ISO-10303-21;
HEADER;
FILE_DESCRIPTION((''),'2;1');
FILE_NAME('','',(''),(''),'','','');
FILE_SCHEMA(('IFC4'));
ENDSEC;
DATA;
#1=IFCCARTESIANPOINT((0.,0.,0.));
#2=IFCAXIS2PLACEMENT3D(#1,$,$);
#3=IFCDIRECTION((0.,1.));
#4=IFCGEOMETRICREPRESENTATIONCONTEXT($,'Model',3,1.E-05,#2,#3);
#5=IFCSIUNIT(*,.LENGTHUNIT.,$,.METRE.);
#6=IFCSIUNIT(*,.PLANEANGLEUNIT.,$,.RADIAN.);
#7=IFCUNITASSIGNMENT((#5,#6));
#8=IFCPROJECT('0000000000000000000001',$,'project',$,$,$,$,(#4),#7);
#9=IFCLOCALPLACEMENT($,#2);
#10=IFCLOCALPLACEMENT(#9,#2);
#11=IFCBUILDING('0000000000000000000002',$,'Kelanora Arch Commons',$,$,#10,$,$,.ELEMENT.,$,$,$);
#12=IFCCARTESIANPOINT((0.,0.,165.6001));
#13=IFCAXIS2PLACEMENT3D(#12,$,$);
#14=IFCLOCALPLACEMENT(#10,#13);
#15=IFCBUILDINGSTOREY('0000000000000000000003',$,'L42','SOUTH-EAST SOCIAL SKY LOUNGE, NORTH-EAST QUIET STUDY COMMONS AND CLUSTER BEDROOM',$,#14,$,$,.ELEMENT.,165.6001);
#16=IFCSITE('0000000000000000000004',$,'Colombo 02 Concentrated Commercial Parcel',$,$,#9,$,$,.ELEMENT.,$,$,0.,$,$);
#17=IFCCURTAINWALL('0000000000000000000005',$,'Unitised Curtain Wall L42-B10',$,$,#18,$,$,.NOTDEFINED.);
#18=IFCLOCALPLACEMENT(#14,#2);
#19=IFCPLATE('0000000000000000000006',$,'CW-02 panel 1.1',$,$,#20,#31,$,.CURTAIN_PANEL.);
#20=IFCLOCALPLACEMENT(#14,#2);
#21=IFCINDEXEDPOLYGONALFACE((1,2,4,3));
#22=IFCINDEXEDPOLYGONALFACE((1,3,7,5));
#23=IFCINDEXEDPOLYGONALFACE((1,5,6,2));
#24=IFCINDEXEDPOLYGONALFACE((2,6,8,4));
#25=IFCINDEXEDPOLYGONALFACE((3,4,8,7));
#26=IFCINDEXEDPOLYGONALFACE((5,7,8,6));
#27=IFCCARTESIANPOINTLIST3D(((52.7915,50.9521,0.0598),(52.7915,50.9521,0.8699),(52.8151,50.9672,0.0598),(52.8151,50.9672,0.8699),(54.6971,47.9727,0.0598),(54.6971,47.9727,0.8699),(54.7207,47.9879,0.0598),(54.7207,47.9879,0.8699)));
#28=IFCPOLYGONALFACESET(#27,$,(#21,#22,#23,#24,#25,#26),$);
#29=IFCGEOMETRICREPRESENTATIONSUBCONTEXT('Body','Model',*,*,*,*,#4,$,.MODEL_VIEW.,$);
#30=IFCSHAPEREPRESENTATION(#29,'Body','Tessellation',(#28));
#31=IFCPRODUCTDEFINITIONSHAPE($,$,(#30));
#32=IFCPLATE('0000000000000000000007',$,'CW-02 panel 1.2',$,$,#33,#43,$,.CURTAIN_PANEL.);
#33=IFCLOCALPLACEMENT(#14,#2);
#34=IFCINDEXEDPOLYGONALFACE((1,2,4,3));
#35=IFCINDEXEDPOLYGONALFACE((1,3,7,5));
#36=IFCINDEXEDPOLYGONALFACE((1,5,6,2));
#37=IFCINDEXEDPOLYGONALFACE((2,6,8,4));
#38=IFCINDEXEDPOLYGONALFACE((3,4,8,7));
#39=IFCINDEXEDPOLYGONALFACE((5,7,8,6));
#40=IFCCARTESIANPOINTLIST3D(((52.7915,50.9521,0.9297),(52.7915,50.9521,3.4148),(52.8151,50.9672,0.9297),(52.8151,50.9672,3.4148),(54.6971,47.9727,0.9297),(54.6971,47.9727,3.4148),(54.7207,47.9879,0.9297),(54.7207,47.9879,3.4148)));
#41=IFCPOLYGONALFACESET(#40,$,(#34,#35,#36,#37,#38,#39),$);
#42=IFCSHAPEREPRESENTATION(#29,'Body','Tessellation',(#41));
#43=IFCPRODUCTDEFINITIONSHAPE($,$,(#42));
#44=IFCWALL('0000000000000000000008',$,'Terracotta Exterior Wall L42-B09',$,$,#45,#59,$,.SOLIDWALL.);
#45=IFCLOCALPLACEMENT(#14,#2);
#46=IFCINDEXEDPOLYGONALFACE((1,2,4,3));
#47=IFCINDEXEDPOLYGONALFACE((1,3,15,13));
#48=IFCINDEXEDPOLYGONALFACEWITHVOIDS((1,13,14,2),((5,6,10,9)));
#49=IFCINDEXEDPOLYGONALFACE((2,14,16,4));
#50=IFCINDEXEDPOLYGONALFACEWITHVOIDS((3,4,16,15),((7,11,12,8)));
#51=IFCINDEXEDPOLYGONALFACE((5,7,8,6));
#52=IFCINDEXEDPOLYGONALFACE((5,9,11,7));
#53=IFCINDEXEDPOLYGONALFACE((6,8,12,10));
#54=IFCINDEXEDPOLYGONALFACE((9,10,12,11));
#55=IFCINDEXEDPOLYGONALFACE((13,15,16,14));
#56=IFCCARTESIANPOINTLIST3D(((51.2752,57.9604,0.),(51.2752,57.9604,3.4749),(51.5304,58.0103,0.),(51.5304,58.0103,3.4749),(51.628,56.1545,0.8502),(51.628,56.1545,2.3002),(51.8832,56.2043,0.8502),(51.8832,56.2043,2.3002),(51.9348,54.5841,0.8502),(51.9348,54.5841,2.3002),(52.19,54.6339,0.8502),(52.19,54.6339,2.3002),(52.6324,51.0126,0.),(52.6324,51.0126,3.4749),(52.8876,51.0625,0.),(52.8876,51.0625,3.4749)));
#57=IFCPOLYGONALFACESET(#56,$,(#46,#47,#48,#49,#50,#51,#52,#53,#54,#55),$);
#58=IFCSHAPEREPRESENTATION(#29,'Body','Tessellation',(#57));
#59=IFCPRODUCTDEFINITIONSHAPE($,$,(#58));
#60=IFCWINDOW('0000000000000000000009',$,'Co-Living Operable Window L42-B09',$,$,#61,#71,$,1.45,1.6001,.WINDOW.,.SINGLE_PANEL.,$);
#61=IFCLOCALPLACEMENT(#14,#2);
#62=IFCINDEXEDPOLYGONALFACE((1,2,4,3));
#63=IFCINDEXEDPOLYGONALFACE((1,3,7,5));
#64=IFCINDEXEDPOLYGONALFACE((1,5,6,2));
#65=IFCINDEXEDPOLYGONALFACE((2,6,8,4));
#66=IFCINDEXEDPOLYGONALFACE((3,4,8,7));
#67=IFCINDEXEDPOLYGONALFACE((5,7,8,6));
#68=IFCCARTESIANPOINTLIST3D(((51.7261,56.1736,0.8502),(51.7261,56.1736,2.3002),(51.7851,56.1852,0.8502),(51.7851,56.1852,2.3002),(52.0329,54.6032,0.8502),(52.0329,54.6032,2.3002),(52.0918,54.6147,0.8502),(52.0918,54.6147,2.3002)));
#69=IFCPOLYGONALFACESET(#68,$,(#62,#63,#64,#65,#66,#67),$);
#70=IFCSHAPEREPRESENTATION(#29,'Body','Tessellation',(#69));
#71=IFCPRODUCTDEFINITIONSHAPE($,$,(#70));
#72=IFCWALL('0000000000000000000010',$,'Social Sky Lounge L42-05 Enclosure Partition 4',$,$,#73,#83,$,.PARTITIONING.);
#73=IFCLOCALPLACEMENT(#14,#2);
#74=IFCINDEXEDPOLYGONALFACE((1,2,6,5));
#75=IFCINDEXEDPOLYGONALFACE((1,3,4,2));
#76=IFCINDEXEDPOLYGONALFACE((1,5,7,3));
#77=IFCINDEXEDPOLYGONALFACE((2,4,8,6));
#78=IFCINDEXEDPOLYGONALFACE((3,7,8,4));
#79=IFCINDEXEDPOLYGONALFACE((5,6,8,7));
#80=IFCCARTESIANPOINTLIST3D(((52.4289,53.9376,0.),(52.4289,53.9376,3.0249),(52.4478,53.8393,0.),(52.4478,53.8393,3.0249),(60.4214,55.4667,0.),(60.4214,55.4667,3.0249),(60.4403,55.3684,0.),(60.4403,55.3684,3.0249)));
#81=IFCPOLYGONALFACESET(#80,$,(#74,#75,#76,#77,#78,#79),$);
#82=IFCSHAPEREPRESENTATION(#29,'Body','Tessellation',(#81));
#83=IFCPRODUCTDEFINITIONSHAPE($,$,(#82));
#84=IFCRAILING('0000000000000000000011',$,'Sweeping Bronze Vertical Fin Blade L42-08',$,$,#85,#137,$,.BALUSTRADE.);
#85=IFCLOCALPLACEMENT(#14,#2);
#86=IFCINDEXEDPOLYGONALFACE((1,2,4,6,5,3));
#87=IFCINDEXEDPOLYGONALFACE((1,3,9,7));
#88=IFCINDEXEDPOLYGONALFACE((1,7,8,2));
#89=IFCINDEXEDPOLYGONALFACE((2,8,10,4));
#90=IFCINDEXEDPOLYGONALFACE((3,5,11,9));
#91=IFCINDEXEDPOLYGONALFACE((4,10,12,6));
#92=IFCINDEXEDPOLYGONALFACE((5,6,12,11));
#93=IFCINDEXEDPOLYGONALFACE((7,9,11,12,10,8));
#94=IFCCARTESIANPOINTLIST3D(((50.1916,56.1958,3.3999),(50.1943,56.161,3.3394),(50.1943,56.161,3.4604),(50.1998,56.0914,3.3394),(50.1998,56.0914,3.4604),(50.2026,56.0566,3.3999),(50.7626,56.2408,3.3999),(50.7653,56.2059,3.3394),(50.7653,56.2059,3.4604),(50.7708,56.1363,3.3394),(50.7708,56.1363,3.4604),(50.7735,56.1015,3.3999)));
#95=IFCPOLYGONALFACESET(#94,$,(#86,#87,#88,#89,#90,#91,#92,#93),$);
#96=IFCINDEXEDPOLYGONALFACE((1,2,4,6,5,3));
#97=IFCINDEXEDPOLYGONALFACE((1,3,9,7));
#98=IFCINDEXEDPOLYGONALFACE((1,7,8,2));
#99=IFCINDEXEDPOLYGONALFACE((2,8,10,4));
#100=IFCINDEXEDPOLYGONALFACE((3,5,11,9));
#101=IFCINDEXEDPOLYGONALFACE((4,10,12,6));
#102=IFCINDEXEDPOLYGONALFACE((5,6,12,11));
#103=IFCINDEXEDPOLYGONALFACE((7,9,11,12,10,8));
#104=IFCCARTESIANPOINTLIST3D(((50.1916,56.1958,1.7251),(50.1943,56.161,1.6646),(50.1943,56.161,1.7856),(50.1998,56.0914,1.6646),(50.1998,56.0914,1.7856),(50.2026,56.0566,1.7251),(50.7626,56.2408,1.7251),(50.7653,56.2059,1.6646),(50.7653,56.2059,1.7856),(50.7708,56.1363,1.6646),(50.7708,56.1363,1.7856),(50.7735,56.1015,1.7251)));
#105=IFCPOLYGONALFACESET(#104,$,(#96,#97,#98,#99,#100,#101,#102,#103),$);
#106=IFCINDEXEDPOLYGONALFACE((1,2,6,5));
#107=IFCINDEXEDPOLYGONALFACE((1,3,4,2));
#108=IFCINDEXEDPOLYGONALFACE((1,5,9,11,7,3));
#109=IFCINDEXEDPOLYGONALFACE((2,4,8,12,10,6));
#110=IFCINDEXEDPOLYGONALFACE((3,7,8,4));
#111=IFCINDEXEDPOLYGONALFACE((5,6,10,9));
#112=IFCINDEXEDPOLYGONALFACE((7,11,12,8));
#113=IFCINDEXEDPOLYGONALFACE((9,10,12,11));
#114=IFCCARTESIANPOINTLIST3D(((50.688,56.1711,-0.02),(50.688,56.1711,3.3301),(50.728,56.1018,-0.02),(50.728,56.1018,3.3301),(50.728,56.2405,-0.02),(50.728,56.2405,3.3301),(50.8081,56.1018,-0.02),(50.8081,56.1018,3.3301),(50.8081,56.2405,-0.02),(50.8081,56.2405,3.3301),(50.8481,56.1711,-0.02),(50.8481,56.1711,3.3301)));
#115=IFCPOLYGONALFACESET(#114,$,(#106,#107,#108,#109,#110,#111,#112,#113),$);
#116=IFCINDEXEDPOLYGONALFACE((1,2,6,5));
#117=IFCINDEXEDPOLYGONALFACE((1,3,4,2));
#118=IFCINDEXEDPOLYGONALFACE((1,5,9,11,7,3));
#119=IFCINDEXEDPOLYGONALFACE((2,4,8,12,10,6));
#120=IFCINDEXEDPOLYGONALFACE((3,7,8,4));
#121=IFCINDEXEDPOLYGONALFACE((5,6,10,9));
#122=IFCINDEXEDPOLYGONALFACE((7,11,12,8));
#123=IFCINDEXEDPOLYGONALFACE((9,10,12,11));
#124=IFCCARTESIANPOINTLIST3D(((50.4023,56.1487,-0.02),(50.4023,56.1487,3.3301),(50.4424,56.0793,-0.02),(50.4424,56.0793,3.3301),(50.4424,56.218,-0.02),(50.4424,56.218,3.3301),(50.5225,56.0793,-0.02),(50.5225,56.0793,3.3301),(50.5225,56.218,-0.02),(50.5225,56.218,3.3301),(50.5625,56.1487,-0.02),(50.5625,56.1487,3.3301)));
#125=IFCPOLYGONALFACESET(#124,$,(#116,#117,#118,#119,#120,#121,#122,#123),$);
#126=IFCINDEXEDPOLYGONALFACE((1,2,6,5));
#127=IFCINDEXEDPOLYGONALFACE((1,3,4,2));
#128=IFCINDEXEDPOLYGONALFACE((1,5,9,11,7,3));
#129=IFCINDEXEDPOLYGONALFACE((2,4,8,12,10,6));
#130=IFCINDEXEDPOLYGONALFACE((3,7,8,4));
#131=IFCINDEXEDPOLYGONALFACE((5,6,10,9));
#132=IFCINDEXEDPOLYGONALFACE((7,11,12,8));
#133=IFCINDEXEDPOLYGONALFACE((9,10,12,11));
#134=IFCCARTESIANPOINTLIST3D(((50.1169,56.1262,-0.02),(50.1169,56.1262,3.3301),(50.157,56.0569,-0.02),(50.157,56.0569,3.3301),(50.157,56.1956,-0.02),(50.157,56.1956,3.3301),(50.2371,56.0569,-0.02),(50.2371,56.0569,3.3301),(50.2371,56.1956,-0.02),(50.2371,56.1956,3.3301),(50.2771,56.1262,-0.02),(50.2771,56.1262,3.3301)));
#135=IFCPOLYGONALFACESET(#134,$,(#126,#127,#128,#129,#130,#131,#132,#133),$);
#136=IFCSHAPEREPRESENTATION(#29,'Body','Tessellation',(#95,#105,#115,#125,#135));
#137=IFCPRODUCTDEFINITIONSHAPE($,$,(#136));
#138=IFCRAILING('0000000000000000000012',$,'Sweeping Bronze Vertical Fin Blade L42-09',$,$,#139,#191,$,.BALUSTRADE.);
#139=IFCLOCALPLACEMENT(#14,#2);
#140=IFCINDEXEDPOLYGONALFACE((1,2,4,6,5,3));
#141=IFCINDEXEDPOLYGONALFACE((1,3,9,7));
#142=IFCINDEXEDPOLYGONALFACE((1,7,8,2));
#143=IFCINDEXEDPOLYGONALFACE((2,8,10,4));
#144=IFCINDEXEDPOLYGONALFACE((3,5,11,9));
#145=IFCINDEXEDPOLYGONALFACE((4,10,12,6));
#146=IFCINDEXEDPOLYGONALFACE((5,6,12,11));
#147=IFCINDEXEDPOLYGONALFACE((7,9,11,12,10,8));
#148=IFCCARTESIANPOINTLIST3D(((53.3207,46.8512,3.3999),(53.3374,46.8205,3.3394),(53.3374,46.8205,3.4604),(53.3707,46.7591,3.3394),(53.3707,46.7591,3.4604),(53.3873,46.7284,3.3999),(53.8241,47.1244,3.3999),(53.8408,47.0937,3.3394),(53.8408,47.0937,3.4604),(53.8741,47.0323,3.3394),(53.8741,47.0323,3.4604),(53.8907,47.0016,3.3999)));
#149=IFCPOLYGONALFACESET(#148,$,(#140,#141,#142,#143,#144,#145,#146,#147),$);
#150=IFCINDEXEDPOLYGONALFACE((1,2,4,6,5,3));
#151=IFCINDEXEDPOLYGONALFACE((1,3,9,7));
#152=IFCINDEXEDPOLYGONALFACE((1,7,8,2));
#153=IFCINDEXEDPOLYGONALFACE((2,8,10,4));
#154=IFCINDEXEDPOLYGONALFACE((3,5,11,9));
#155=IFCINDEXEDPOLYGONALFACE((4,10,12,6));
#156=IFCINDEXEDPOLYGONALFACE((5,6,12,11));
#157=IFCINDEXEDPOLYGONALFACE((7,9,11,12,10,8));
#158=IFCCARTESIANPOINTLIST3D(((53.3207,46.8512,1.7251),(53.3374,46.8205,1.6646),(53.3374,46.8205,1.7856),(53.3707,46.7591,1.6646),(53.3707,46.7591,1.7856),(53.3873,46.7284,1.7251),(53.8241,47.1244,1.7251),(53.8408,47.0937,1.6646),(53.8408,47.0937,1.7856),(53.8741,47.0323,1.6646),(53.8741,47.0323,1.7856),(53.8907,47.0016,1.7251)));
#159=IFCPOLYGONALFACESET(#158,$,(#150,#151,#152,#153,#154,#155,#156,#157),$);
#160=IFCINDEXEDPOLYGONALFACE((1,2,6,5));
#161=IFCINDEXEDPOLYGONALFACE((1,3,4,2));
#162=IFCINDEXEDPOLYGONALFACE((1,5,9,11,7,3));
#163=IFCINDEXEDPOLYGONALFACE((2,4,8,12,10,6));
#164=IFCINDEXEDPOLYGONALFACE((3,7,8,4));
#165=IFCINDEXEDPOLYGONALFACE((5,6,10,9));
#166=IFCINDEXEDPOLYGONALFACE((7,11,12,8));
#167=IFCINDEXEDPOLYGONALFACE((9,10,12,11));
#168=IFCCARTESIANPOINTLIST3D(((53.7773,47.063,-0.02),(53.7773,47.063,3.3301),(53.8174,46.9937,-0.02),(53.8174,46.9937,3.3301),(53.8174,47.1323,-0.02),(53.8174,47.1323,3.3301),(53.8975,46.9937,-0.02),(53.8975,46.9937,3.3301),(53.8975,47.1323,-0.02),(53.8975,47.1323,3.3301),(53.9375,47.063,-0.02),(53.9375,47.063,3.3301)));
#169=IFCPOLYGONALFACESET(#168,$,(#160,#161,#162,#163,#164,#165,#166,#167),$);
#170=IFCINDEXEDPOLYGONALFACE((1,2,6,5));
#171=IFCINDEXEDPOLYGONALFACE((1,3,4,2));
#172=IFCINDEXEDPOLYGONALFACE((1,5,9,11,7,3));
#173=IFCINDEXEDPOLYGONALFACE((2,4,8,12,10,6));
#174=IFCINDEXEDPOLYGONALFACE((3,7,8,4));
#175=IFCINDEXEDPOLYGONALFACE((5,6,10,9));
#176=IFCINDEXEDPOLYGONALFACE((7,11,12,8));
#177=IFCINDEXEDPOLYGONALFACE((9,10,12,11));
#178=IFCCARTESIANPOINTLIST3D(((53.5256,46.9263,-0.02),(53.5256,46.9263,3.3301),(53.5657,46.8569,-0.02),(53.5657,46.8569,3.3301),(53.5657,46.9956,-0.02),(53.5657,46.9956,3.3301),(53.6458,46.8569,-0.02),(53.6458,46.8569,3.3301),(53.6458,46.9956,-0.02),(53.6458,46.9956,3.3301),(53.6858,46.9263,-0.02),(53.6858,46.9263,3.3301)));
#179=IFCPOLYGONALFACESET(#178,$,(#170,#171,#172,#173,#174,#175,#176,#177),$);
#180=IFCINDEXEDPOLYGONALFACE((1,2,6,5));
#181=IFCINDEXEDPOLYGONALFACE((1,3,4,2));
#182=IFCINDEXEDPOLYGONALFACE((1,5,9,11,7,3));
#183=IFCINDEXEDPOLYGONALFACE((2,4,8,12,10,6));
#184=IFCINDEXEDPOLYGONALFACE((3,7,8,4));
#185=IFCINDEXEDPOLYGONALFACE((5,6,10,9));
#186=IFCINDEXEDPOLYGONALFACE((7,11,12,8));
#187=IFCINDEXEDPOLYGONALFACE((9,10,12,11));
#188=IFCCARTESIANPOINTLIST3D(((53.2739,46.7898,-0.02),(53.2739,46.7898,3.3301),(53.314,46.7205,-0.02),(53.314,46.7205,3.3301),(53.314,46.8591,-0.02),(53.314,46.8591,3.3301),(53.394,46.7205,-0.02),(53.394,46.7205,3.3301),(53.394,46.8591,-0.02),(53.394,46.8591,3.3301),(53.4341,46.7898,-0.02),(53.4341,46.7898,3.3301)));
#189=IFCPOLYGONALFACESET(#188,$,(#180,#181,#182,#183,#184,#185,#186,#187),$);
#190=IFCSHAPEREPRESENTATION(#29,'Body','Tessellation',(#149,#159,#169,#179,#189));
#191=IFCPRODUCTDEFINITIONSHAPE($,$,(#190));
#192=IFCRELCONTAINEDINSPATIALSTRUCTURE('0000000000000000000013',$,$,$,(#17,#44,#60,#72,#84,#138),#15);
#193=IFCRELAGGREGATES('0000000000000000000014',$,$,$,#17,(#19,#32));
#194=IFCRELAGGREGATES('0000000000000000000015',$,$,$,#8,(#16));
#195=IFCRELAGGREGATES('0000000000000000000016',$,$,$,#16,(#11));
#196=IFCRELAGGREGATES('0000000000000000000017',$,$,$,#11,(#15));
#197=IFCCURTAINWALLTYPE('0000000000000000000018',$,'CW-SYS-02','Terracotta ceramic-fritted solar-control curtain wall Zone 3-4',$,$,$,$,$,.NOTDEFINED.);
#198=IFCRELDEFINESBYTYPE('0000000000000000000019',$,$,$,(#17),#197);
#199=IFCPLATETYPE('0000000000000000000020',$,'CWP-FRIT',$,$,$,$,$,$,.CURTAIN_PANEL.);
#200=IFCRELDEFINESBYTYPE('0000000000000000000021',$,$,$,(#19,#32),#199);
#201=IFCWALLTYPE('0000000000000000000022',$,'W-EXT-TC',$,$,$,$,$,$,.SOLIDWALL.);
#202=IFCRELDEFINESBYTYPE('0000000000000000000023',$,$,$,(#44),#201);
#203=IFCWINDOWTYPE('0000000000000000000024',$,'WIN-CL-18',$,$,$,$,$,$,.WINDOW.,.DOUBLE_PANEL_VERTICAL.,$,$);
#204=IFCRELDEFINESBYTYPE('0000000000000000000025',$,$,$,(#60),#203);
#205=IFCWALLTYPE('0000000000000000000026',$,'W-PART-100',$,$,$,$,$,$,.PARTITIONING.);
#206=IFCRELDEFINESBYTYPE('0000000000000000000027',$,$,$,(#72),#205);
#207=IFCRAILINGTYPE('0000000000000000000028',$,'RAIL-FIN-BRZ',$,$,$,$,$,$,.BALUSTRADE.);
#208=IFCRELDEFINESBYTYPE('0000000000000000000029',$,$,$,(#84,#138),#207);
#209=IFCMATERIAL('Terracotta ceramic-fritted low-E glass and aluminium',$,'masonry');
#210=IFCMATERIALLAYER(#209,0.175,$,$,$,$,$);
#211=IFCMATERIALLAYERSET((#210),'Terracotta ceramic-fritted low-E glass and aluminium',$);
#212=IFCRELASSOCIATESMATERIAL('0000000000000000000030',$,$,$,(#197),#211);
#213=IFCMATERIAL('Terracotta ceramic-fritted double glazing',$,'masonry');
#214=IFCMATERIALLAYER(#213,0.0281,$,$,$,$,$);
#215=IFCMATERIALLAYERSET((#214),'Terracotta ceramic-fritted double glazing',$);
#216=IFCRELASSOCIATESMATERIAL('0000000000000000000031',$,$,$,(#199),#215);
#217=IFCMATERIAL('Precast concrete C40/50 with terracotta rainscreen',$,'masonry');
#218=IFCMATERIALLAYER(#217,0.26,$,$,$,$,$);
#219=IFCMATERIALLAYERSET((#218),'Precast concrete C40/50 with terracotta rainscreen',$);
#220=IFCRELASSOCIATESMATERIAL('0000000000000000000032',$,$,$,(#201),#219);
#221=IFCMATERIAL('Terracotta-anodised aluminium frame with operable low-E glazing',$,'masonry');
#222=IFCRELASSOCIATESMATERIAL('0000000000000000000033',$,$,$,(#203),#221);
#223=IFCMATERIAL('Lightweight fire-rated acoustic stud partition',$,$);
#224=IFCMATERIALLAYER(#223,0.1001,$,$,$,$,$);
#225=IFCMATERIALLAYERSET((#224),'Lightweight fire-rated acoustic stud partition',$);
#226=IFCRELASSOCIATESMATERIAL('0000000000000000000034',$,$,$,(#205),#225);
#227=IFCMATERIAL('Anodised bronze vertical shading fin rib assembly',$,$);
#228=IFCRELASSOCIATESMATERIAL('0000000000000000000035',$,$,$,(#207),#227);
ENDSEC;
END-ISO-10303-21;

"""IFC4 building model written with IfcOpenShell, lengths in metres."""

from ifc_helpers import new_model, si_unit, direction, frame, frame_2d, origin, origin_2d, place, context, subcontext, project, spatial, polyline, rectangle, outline, extrude, source, transform, mapped, material, layer, layer_set, type_object, element, fill, aggregate, save


model = new_model("IFC4")

# Units and contexts
model_context = context("Model", 3, precision=1e-05, world=origin(), true_north=direction((0.0, 1.0)))
body_context = subcontext(model_context, "Body", "Model", "MODEL_VIEW")
ifc_project = project(units=[si_unit("LENGTHUNIT", "METRE"), si_unit("PLANEANGLEUNIT", "RADIAN")], contexts=[model_context])

# Site, building, storey
site_placement = place(None, origin())
site = spatial("IfcSite", under=ifc_project, at=site_placement, Name="Colombo 02 Concentrated Commercial Parcel", CompositionType="ELEMENT", RefElevation=0.0)
building_placement = place(site_placement, origin())
building = spatial("IfcBuilding", under=site, at=building_placement, Name="Kelanora Arch Commons", CompositionType="ELEMENT")
storey_placement = place(building_placement, frame((0.0, 0.0, 165.6001)))
storey = spatial("IfcBuildingStorey", under=building, at=storey_placement, Name="L42", Description="SOUTH-EAST SOCIAL SKY LOUNGE, NORTH-EAST QUIET STUDY COMMONS AND CLUSTER BEDROOM", CompositionType="ELEMENT", Elevation=165.6001)

# Shared definitions
ifc_material_1 = material(Name="Terracotta ceramic-fritted low-E glass and aluminium", Category="masonry")
ifc_layer_1 = layer(ifc_material_1, 0.175)
ifc_layer_set_1 = layer_set([ifc_layer_1], Name="Terracotta ceramic-fritted low-E glass and aluminium")
curtain_wall_type = type_object("IfcCurtainWallType", Name="CW-SYS-02", Description="Terracotta ceramic-fritted solar-control curtain wall Zone 3-4", PredefinedType="NOTDEFINED", material=ifc_layer_set_1)

# Curtain wall
curtain_wall_1_placement = place(storey_placement, origin())
curtain_wall_1 = element("IfcCurtainWall", 1, at=curtain_wall_1_placement, inside=storey, type_object=curtain_wall_type, Name="Unitised Curtain Wall L42-B10", PredefinedType="NOTDEFINED")

# Plates
ifc_material_2 = material(Name="Terracotta ceramic-fritted double glazing", Category="masonry")
ifc_layer_2 = layer(ifc_material_2, 0.0281)
ifc_layer_set_2 = layer_set([ifc_layer_2], Name="Terracotta ceramic-fritted double glazing")
plate_type = type_object("IfcPlateType", Name="CWP-FRIT", PredefinedType="CURTAIN_PANEL", material=ifc_layer_set_2)
shared_shape_1 = source(origin(), body_context, "Body", "SweptSolid", [
    extrude(rectangle(XDim=3.5366, YDim=0.0281, at=origin_2d()), origin(), (0.0, 0.0, 1.0), 0.8101),
])
plate_1_placement = place(storey_placement, frame((53.7561, 49.47, 0.0598), z_axis=(0.0, 0.0, 1.0), x_axis=(0.538817, -0.842423, 0.0)))
plate_1 = element("IfcPlate", 2, at=plate_1_placement, type_object=plate_type, Name="CW-02 panel 1.1", PredefinedType="CURTAIN_PANEL", context=body_context, shape_type="MappedRepresentation", body=[
    mapped(shared_shape_1, transform((0.0, 0.0, 0.0), scale=1.0)),
])
shared_shape_2 = source(origin(), body_context, "Body", "SweptSolid", [
    extrude(rectangle(XDim=3.5366, YDim=0.0281, at=origin_2d()), origin(), (0.0, 0.0, 1.0), 2.4851),
])
plate_2_placement = place(storey_placement, frame((53.7561, 49.47, 0.9297), z_axis=(0.0, 0.0, 1.0), x_axis=(0.538817, -0.842423, 0.0)))
plate_2 = element("IfcPlate", 3, at=plate_2_placement, type_object=plate_type, Name="CW-02 panel 1.2", PredefinedType="CURTAIN_PANEL", context=body_context, shape_type="MappedRepresentation", body=[
    mapped(shared_shape_2, transform((0.0, 0.0, 0.0), scale=1.0)),
])
aggregate(curtain_wall_1, [plate_1, plate_2])

# Wall, opening, window
ifc_material_3 = material(Name="Precast concrete C40/50 with terracotta rainscreen", Category="masonry")
ifc_layer_3 = layer(ifc_material_3, 0.26)
ifc_layer_set_3 = layer_set([ifc_layer_3], Name="Precast concrete C40/50 with terracotta rainscreen")
wall_type_1 = type_object("IfcWallType", Name="W-EXT-TC", PredefinedType="SOLIDWALL", material=ifc_layer_set_3)
wall_1_placement = place(storey_placement, frame((51.4028, 57.9854, 0.0), z_axis=(0.0, 0.0, 1.0), x_axis=(0.191717, -0.98145, 0.0)))
wall_1 = element("IfcWall", 4, at=wall_1_placement, inside=storey, type_object=wall_type_1, Name="Terracotta Exterior Wall L42-B09", PredefinedType="SOLIDWALL", context=body_context, shape_type="SweptSolid", body=[
    extrude(rectangle(XDim=7.0791, YDim=0.26, at=frame_2d((3.5396, 0.0))), origin(), (0.0, 0.0, 1.0), 3.4749),
])
opening_placement = place(wall_1_placement, frame((1.8401, 0.0, 0.8501)))
opening = element("IfcOpeningElement", 5, at=opening_placement, cuts=wall_1, PredefinedType="OPENING", context=body_context, shape_type="SweptSolid", body=[
    extrude(rectangle(XDim=1.6001, YDim=1.45, at=frame_2d((0.8, 0.7251))), frame((0.0, 0.1401, 0.0), z_axis=(0.0, -1.0, 0.0), x_axis=(1.0, 0.0, 0.0)), (0.0, 0.0, 1.0), 0.28),
])
ifc_material_4 = material(Name="Terracotta-anodised aluminium frame with operable low-E glazing", Category="masonry")
window_type = type_object("IfcWindowType", Name="WIN-CL-18", PartitioningType="DOUBLE_PANEL_VERTICAL", PredefinedType="WINDOW", material=ifc_material_4)
window_placement = place(opening_placement, origin())
window = element("IfcWindow", 6, at=window_placement, inside=storey, type_object=window_type, Name="Co-Living Operable Window L42-B09", OverallHeight=1.45, OverallWidth=1.6001, PartitioningType="SINGLE_PANEL", PredefinedType="WINDOW", context=body_context, shape_type="SweptSolid", body=[
    extrude(rectangle(XDim=1.6001, YDim=1.45, at=frame_2d((0.8, 0.7251))), frame((0.0, 0.03, 0.0), z_axis=(0.0, -1.0, 0.0), x_axis=(1.0, 0.0, 0.0)), (0.0, 0.0, 1.0), 0.0601),
])
fill(opening, window)

# Wall
ifc_material_5 = material(Name="Lightweight fire-rated acoustic stud partition")
ifc_layer_4 = layer(ifc_material_5, 0.1001)
ifc_layer_set_4 = layer_set([ifc_layer_4], Name="Lightweight fire-rated acoustic stud partition")
wall_type_2 = type_object("IfcWallType", Name="W-PART-100", PredefinedType="PARTITIONING", material=ifc_layer_set_4)
wall_2_placement = place(storey_placement, frame((52.4382, 53.8884, 0.0), z_axis=(0.0, 0.0, 1.0), x_axis=(0.982187, 0.187905, 0.0)))
element("IfcWall", 7, at=wall_2_placement, inside=storey, type_object=wall_type_2, Name="Social Sky Lounge L42-05 Enclosure Partition 4", PredefinedType="PARTITIONING", context=body_context, shape_type="SweptSolid", body=[
    extrude(rectangle(XDim=8.1375, YDim=0.1001, at=frame_2d((4.0688, 0.0))), origin(), (0.0, 0.0, 1.0), 3.0249),
])

# Railings
ifc_material_6 = material(Name="Anodised bronze vertical shading fin rib assembly")
railing_type = type_object("IfcRailingType", Name="RAIL-FIN-BRZ", PredefinedType="BALUSTRADE", material=ifc_material_6)
railing_1_placement = place(storey_placement, frame((50.7681, 56.1711, -0.02)))
element("IfcRailing", 8, at=railing_1_placement, inside=storey, type_object=railing_type, Name="Sweeping Bronze Vertical Fin Blade L42-08", PredefinedType="BALUSTRADE", context=body_context, shape_type="SweptSolid", body=[
    extrude(outline(polyline([(0.0698, 0.0), (0.0349, 0.0605), (-0.0349, 0.0605), (-0.0698, 0.0), (-0.0349, -0.0605), (0.0349, -0.0605), (0.0698, 0.0)])), frame((0.0, 0.0, 3.4199), z_axis=(-0.99692, -0.078424, 0.0), x_axis=(0.078424, -0.99692, 0.0)), (0.0, 0.0, 1.0), 0.5728),
    extrude(outline(polyline([(0.0698, 0.0), (0.0349, 0.0605), (-0.0349, 0.0605), (-0.0698, 0.0), (-0.0349, -0.0605), (0.0349, -0.0605), (0.0698, 0.0)])), frame((0.0, 0.0, 1.7451), z_axis=(-0.99692, -0.078424, 0.0), x_axis=(0.078424, -0.99692, 0.0)), (0.0, 0.0, 1.0), 0.5728),
    extrude(outline(polyline([(0.0801, 0.0), (0.04, 0.0693), (-0.04, 0.0693), (-0.0801, 0.0), (-0.04, -0.0693), (0.04, -0.0693), (0.0801, 0.0)])), origin(), (0.0, 0.0, 1.0), 3.3501),
    extrude(outline(polyline([(0.0801, 0.0), (0.04, 0.0693), (-0.04, 0.0693), (-0.0801, 0.0), (-0.04, -0.0693), (0.04, -0.0693), (0.0801, 0.0)])), frame((-0.2856, -0.0225, 0.0)), (0.0, 0.0, 1.0), 3.3501),
    extrude(outline(polyline([(0.0801, 0.0), (0.04, 0.0693), (-0.04, 0.0693), (-0.0801, 0.0), (-0.04, -0.0693), (0.04, -0.0693), (0.0801, 0.0)])), frame((-0.571, -0.0449, 0.0)), (0.0, 0.0, 1.0), 3.3501),
])
railing_2_placement = place(storey_placement, frame((53.8574, 47.063, -0.02)))
element("IfcRailing", 9, at=railing_2_placement, inside=storey, type_object=railing_type, Name="Sweeping Bronze Vertical Fin Blade L42-09", PredefinedType="BALUSTRADE", context=body_context, shape_type="SweptSolid", body=[
    extrude(outline(polyline([(0.0698, 0.0), (0.0349, 0.0605), (-0.0349, 0.0605), (-0.0698, 0.0), (-0.0349, -0.0605), (0.0349, -0.0605), (0.0698, 0.0)])), frame((0.0, 0.0, 3.4199), z_axis=(-0.87892, -0.47697, 0.0), x_axis=(0.47697, -0.87892, 0.0)), (0.0, 0.0, 1.0), 0.5728),
    extrude(outline(polyline([(0.0698, 0.0), (0.0349, 0.0605), (-0.0349, 0.0605), (-0.0698, 0.0), (-0.0349, -0.0605), (0.0349, -0.0605), (0.0698, 0.0)])), frame((0.0, 0.0, 1.7451), z_axis=(-0.87892, -0.47697, 0.0), x_axis=(0.47697, -0.87892, 0.0)), (0.0, 0.0, 1.0), 0.5728),
    extrude(outline(polyline([(0.0801, 0.0), (0.04, 0.0693), (-0.04, 0.0693), (-0.0801, 0.0), (-0.04, -0.0693), (0.04, -0.0693), (0.0801, 0.0)])), origin(), (0.0, 0.0, 1.0), 3.3501),
    extrude(outline(polyline([(0.0801, 0.0), (0.04, 0.0693), (-0.04, 0.0693), (-0.0801, 0.0), (-0.04, -0.0693), (0.04, -0.0693), (0.0801, 0.0)])), frame((-0.2517, -0.1367, 0.0)), (0.0, 0.0, 1.0), 3.3501),
    extrude(outline(polyline([(0.0801, 0.0), (0.04, 0.0693), (-0.04, 0.0693), (-0.0801, 0.0), (-0.04, -0.0693), (0.04, -0.0693), (0.0801, 0.0)])), frame((-0.5034, -0.2732, 0.0)), (0.0, 0.0, 1.0), 3.3501),
])

save(model, "model.ifc")
